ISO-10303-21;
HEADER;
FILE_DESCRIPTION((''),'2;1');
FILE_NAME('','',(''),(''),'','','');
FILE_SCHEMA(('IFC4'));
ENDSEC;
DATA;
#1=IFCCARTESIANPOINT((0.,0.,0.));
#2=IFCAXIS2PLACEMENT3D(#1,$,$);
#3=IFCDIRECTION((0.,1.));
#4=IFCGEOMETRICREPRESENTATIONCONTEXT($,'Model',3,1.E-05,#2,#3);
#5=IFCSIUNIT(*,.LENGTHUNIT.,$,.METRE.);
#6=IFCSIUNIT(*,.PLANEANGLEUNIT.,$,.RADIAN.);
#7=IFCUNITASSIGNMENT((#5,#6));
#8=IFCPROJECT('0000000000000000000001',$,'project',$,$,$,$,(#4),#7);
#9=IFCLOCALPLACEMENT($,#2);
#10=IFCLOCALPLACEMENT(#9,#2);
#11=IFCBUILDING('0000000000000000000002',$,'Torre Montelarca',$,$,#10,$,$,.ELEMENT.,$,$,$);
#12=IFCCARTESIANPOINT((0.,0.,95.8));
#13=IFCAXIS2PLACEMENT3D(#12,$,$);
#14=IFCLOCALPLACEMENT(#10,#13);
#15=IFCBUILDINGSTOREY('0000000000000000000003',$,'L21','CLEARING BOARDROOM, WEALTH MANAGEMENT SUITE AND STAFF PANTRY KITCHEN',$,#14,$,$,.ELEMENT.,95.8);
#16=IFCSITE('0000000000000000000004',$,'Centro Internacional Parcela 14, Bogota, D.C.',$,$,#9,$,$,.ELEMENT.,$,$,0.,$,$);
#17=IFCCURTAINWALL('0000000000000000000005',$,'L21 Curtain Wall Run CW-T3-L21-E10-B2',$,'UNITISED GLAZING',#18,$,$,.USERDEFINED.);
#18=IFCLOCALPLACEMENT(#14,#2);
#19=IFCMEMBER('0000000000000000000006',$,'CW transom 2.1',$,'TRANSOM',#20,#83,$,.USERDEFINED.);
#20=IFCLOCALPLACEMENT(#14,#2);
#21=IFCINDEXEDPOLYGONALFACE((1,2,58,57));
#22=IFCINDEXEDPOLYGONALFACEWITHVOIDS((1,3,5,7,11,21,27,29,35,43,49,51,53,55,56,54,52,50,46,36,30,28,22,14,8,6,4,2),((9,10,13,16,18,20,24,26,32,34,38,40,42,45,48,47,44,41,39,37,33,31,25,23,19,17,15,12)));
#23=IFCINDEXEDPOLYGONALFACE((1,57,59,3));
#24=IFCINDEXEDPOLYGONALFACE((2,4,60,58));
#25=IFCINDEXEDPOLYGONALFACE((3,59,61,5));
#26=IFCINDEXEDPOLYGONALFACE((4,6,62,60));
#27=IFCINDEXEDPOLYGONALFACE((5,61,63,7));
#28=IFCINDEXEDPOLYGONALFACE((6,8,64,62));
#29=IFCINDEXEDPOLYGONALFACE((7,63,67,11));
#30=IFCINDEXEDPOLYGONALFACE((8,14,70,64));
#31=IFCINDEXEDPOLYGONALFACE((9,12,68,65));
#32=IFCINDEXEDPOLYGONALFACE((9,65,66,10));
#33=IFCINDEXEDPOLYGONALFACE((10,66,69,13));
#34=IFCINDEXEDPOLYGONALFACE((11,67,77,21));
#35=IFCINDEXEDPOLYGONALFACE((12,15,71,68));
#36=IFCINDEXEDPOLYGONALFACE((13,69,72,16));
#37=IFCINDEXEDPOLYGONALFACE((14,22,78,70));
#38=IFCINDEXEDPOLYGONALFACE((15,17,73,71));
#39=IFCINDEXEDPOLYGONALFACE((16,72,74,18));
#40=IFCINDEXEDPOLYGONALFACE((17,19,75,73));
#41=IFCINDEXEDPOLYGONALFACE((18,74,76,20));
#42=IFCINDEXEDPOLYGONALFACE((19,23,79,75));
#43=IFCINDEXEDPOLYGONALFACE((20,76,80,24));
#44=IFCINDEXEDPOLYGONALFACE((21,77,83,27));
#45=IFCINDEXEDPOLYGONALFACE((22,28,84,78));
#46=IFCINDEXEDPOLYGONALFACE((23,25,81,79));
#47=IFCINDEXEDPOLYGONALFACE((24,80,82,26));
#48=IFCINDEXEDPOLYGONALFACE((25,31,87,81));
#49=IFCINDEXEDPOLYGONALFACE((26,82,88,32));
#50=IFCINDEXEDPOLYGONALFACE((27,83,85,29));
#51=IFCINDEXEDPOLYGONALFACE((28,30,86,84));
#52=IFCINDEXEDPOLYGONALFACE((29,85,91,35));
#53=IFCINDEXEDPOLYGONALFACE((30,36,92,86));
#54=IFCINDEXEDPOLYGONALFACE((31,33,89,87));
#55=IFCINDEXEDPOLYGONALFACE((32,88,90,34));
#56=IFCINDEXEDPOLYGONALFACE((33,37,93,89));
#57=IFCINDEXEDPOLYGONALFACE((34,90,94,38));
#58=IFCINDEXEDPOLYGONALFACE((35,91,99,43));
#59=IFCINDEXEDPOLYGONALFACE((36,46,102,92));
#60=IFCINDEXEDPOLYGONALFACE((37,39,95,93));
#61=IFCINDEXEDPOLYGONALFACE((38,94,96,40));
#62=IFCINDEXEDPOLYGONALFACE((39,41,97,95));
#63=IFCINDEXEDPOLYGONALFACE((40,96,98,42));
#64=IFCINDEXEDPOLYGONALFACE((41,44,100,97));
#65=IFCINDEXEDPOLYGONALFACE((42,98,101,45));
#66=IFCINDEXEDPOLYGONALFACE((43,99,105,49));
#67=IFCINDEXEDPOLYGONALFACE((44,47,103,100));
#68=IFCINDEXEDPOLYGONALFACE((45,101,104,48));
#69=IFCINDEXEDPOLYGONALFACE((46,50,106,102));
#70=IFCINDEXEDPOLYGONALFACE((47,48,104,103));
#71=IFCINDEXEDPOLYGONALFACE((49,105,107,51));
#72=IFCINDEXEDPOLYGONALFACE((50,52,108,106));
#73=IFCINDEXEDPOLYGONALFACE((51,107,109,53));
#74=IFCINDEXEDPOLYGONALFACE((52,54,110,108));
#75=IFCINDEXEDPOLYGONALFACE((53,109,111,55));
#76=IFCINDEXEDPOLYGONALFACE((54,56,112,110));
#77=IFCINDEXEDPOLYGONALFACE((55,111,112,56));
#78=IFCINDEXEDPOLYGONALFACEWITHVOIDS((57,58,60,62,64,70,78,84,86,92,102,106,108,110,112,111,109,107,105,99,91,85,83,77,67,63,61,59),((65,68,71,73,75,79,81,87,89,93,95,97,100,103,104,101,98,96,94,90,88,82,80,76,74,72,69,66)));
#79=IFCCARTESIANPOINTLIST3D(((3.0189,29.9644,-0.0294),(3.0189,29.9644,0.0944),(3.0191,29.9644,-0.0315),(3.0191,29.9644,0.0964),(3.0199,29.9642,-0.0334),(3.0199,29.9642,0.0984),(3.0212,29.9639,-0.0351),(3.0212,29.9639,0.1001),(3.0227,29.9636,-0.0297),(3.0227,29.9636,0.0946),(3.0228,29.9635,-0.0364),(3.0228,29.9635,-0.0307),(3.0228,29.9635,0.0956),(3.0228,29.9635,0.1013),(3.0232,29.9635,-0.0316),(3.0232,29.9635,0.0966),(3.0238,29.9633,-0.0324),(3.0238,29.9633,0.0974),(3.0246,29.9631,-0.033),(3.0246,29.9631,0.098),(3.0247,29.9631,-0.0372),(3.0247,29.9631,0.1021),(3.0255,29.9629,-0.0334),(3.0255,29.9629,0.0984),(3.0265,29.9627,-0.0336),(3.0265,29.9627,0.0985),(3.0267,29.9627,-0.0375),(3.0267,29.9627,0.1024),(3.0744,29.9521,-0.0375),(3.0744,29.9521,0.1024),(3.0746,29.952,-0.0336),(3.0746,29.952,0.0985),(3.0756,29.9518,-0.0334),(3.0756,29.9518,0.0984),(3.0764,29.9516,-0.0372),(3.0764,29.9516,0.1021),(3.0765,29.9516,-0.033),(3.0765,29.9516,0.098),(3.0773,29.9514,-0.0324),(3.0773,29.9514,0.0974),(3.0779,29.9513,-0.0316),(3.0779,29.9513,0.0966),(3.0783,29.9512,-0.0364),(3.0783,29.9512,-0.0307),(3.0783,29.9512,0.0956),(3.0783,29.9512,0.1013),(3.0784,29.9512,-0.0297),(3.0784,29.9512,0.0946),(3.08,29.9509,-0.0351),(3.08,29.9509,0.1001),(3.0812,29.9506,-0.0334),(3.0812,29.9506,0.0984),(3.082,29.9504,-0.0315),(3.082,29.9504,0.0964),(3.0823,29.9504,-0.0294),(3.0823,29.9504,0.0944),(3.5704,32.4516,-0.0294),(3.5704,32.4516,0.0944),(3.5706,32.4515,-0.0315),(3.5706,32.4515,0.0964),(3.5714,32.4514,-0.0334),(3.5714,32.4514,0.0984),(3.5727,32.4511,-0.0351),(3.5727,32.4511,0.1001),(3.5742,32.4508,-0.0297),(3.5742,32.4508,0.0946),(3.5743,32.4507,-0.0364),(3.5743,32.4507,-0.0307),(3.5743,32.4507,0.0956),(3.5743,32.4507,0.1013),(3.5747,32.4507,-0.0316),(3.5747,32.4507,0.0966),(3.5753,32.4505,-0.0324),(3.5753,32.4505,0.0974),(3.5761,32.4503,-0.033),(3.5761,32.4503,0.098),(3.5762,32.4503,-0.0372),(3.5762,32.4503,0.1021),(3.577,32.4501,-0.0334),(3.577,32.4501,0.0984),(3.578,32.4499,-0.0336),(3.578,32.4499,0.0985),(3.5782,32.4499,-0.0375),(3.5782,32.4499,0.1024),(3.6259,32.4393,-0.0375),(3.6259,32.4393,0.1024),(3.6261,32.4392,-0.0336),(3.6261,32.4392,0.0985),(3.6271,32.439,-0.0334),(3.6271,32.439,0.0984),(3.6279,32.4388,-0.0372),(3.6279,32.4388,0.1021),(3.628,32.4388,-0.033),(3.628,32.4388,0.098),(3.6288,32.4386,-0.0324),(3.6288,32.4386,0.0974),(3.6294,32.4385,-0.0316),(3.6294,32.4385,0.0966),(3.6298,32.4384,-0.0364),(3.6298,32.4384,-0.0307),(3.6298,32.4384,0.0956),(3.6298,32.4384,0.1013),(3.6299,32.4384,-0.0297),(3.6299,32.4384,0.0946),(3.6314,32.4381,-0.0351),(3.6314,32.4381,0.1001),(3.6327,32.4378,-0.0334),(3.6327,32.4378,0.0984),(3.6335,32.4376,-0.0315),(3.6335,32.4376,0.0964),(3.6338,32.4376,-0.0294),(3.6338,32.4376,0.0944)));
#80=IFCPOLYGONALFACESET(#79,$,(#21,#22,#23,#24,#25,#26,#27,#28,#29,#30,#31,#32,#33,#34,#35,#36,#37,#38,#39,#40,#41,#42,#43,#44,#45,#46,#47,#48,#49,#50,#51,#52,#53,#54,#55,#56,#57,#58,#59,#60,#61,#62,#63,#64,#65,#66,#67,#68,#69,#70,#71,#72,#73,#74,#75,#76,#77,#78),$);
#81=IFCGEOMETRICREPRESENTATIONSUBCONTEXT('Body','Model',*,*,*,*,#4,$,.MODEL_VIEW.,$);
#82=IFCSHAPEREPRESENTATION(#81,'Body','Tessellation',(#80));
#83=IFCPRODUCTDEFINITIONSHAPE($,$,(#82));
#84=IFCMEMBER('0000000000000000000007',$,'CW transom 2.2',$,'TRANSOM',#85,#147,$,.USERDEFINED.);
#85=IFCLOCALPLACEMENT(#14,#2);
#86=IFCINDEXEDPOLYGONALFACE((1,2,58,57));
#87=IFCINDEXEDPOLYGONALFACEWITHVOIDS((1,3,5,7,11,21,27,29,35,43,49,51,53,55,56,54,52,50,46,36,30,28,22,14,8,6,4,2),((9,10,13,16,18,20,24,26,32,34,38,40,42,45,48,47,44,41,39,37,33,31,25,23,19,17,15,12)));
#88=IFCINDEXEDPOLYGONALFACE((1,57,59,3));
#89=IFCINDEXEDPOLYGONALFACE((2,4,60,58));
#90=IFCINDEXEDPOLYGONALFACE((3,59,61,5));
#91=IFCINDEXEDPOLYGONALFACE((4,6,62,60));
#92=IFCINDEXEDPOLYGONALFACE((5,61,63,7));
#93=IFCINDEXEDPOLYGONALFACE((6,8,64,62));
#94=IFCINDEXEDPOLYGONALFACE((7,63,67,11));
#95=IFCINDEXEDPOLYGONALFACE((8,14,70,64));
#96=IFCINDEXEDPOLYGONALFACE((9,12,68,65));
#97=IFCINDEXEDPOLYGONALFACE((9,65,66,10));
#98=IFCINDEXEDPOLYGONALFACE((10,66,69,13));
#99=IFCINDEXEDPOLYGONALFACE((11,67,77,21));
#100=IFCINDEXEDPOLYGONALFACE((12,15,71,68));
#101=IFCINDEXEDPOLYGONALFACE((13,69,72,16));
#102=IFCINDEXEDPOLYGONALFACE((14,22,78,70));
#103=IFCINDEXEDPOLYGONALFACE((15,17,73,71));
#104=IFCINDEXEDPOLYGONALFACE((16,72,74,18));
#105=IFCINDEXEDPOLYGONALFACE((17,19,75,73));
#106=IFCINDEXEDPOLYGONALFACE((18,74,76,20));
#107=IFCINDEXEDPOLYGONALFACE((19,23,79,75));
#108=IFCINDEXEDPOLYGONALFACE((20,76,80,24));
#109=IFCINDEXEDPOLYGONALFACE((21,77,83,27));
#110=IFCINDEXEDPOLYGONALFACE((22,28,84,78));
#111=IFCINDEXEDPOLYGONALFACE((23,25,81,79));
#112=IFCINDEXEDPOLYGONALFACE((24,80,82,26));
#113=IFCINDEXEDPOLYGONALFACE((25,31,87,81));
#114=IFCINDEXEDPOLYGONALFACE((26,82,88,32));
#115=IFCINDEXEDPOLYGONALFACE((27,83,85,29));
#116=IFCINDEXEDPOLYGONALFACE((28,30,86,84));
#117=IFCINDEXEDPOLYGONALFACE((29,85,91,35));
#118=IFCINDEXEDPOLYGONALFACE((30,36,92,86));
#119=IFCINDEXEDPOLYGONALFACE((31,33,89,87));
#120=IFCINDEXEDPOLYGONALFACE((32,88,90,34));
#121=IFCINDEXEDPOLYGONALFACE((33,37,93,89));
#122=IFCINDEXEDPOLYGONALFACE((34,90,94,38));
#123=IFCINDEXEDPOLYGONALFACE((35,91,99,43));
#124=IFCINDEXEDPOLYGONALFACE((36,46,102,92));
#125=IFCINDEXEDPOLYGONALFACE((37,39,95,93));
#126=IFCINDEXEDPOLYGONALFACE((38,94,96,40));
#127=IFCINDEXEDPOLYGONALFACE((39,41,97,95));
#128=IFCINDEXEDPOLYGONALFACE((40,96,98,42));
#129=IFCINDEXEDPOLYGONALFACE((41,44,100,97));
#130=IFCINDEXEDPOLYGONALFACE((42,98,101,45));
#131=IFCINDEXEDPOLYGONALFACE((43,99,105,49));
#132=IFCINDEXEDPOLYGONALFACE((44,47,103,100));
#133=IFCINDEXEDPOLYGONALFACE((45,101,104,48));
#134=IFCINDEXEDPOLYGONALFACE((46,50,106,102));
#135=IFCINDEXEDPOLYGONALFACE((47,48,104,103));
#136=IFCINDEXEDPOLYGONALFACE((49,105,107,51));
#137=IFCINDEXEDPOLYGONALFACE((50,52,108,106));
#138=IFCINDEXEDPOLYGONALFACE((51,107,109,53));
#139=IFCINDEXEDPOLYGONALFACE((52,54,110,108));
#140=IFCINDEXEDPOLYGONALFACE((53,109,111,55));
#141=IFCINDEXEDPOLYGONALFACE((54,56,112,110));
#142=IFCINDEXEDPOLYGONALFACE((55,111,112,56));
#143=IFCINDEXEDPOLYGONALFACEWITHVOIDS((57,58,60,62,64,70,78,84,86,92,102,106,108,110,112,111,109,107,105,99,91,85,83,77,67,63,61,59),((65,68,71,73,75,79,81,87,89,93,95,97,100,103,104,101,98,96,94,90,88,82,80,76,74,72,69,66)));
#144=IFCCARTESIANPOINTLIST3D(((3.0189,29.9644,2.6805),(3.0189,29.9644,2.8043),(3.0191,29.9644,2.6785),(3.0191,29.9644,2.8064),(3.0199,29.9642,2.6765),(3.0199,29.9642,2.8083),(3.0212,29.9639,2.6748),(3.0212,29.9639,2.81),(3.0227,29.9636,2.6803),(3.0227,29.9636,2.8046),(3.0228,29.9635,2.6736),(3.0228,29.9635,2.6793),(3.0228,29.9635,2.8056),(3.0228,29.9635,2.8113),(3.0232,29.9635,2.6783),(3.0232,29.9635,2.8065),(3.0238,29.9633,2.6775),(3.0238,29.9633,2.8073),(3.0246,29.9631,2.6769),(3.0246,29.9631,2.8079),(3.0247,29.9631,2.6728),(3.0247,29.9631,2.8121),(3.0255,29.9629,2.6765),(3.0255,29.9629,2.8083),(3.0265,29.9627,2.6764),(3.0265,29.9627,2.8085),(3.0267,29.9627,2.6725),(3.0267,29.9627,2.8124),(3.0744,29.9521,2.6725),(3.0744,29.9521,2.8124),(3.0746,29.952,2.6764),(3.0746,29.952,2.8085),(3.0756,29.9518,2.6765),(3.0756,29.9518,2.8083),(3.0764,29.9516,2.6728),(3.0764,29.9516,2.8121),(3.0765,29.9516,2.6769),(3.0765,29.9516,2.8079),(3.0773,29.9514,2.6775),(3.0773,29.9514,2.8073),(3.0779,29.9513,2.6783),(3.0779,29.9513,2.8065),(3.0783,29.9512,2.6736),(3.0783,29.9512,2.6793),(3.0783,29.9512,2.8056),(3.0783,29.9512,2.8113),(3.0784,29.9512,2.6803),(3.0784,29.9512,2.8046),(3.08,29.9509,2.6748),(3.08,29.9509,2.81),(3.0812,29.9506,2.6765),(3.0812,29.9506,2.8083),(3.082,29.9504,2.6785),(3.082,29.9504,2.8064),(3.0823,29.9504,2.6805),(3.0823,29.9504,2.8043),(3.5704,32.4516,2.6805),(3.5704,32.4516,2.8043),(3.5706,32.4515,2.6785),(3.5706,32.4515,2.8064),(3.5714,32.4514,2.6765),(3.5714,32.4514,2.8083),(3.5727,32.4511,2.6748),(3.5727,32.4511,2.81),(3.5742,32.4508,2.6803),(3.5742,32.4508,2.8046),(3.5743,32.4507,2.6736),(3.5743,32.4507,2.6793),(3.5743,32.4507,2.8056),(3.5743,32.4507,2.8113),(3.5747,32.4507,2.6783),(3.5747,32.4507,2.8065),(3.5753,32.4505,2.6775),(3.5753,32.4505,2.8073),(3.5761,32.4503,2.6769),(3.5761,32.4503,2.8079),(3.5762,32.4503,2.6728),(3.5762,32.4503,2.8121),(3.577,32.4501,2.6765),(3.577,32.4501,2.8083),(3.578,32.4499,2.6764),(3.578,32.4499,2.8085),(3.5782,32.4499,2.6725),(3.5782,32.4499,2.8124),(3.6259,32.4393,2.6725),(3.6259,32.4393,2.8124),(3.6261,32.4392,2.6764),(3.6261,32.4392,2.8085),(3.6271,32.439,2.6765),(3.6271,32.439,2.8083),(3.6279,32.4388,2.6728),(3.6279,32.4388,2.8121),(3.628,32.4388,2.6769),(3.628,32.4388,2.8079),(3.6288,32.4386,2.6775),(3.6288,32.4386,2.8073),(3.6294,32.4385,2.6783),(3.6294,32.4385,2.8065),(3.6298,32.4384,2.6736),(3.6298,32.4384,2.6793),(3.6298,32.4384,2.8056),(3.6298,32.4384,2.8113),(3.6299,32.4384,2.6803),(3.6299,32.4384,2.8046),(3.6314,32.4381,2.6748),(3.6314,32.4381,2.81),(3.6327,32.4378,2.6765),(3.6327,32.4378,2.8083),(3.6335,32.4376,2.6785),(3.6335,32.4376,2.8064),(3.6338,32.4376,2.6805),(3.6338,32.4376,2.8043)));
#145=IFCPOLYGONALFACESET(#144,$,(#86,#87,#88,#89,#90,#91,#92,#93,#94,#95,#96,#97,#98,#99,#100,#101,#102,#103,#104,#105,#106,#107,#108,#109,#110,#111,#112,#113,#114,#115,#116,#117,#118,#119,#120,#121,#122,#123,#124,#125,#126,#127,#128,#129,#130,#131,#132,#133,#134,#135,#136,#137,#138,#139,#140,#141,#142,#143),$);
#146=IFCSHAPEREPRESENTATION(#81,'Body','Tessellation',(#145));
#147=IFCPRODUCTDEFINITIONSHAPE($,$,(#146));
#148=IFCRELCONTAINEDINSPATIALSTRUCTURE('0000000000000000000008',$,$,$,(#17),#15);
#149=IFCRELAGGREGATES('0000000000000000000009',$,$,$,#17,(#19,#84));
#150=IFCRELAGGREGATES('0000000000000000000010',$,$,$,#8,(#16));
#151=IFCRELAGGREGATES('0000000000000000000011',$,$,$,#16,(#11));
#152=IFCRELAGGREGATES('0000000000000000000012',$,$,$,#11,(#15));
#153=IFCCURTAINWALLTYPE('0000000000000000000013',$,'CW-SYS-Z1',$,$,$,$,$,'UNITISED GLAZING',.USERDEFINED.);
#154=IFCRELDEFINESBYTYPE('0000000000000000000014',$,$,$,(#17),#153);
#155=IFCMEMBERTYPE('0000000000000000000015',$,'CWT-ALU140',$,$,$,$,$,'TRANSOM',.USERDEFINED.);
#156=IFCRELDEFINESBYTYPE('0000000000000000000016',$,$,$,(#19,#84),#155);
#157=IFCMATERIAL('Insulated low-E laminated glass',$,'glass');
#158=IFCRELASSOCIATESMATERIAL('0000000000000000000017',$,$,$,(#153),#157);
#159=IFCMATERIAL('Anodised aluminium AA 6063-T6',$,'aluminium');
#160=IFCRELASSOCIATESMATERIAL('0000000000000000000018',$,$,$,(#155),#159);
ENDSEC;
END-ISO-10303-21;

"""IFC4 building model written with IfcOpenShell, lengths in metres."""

from ifc_helpers import new_model, si_unit, direction, frame, origin, origin_2d, place, context, subcontext, project, spatial, hollow_rectangle, extrude, source, transform, mapped, material, material_profile, profile_set, type_object, element, aggregate, save


model = new_model("IFC4")

# Units and contexts
model_context = context("Model", 3, precision=1e-05, world=origin(), true_north=direction((0.0, 1.0)))
body_context = subcontext(model_context, "Body", "Model", "MODEL_VIEW")
ifc_project = project(units=[si_unit("LENGTHUNIT", "METRE"), si_unit("PLANEANGLEUNIT", "RADIAN")], contexts=[model_context])

# Site, building, storey
site_placement = place(None, origin())
site = spatial("IfcSite", under=ifc_project, at=site_placement, Name="Centro Internacional Parcela 14, Bogota, D.C.", CompositionType="ELEMENT", RefElevation=0.0)
building_placement = place(site_placement, origin())
building = spatial("IfcBuilding", under=site, at=building_placement, Name="Torre Montelarca", CompositionType="ELEMENT")
storey_placement = place(building_placement, frame((0.0, 0.0, 95.8)))
storey = spatial("IfcBuildingStorey", under=building, at=storey_placement, Name="L21", Description="CLEARING BOARDROOM, WEALTH MANAGEMENT SUITE AND STAFF PANTRY KITCHEN", CompositionType="ELEMENT", Elevation=95.8)

# Curtain wall, members
ifc_material_1 = material(Name="Insulated low-E laminated glass", Category="glass")
curtain_wall_type = type_object("IfcCurtainWallType", Name="CW-SYS-Z1", ElementType="UNITISED GLAZING", PredefinedType="USERDEFINED", material=ifc_material_1)
curtain_wall_1_placement = place(storey_placement, origin())
curtain_wall_1 = element("IfcCurtainWall", 1, at=curtain_wall_1_placement, inside=storey, type_object=curtain_wall_type, Name="L21 Curtain Wall Run CW-T3-L21-E10-B2", ObjectType="UNITISED GLAZING", PredefinedType="USERDEFINED")
ifc_material_2 = material(Name="Anodised aluminium AA 6063-T6", Category="aluminium")
ifc_material_profile_1 = material_profile(ifc_material_2, hollow_rectangle(XDim=0.0649, YDim=0.1399, WallThickness=0.0039, InnerFilletRadius=0.0039, OuterFilletRadius=0.0081, at=origin_2d()), Name="ALU65X140X4", Category="aluminium")
ifc_profile_set_1 = profile_set([ifc_material_profile_1], Name="Anodised aluminium AA 6063-T6")
member_type_1 = type_object("IfcMemberType", Name="CWT-ALU140", ElementType="TRANSOM", PredefinedType="USERDEFINED", material=ifc_profile_set_1)
shared_shape_1 = source(origin(), body_context, "Body", "SweptSolid", [
    extrude(hollow_rectangle(XDim=0.0649, YDim=0.1399, WallThickness=0.0039, InnerFilletRadius=0.0039, OuterFilletRadius=0.0081, at=origin_2d()), origin(), (0.0, 0.0, 1.0), 2.5476),
])
member_1_placement = place(storey_placement, frame((3.6021, 32.4446, 0.0325), z_axis=(-0.216474, -0.976288, 0.0), x_axis=(0.976288, -0.216474, 0.0)))
member_1 = element("IfcMember", 2, at=member_1_placement, type_object=member_type_1, Name="CW transom 2.1", ObjectType="TRANSOM", PredefinedType="USERDEFINED", context=body_context, shape_type="MappedRepresentation", body=[
    mapped(shared_shape_1, transform((0.0, 0.0, 0.0), scale=1.0)),
])
member_2_placement = place(storey_placement, frame((3.6021, 32.4446, 2.7424), z_axis=(-0.216474, -0.976288, 0.0), x_axis=(0.976288, -0.216474, 0.0)))
member_2 = element("IfcMember", 3, at=member_2_placement, type_object=member_type_1, Name="CW transom 2.2", ObjectType="TRANSOM", PredefinedType="USERDEFINED", context=body_context, shape_type="MappedRepresentation", body=[
    mapped(shared_shape_1, transform((0.0, 0.0, 0.0), scale=1.0)),
])

aggregate(curtain_wall_1, [member_1, member_2])

save(model, "model.ifc")
